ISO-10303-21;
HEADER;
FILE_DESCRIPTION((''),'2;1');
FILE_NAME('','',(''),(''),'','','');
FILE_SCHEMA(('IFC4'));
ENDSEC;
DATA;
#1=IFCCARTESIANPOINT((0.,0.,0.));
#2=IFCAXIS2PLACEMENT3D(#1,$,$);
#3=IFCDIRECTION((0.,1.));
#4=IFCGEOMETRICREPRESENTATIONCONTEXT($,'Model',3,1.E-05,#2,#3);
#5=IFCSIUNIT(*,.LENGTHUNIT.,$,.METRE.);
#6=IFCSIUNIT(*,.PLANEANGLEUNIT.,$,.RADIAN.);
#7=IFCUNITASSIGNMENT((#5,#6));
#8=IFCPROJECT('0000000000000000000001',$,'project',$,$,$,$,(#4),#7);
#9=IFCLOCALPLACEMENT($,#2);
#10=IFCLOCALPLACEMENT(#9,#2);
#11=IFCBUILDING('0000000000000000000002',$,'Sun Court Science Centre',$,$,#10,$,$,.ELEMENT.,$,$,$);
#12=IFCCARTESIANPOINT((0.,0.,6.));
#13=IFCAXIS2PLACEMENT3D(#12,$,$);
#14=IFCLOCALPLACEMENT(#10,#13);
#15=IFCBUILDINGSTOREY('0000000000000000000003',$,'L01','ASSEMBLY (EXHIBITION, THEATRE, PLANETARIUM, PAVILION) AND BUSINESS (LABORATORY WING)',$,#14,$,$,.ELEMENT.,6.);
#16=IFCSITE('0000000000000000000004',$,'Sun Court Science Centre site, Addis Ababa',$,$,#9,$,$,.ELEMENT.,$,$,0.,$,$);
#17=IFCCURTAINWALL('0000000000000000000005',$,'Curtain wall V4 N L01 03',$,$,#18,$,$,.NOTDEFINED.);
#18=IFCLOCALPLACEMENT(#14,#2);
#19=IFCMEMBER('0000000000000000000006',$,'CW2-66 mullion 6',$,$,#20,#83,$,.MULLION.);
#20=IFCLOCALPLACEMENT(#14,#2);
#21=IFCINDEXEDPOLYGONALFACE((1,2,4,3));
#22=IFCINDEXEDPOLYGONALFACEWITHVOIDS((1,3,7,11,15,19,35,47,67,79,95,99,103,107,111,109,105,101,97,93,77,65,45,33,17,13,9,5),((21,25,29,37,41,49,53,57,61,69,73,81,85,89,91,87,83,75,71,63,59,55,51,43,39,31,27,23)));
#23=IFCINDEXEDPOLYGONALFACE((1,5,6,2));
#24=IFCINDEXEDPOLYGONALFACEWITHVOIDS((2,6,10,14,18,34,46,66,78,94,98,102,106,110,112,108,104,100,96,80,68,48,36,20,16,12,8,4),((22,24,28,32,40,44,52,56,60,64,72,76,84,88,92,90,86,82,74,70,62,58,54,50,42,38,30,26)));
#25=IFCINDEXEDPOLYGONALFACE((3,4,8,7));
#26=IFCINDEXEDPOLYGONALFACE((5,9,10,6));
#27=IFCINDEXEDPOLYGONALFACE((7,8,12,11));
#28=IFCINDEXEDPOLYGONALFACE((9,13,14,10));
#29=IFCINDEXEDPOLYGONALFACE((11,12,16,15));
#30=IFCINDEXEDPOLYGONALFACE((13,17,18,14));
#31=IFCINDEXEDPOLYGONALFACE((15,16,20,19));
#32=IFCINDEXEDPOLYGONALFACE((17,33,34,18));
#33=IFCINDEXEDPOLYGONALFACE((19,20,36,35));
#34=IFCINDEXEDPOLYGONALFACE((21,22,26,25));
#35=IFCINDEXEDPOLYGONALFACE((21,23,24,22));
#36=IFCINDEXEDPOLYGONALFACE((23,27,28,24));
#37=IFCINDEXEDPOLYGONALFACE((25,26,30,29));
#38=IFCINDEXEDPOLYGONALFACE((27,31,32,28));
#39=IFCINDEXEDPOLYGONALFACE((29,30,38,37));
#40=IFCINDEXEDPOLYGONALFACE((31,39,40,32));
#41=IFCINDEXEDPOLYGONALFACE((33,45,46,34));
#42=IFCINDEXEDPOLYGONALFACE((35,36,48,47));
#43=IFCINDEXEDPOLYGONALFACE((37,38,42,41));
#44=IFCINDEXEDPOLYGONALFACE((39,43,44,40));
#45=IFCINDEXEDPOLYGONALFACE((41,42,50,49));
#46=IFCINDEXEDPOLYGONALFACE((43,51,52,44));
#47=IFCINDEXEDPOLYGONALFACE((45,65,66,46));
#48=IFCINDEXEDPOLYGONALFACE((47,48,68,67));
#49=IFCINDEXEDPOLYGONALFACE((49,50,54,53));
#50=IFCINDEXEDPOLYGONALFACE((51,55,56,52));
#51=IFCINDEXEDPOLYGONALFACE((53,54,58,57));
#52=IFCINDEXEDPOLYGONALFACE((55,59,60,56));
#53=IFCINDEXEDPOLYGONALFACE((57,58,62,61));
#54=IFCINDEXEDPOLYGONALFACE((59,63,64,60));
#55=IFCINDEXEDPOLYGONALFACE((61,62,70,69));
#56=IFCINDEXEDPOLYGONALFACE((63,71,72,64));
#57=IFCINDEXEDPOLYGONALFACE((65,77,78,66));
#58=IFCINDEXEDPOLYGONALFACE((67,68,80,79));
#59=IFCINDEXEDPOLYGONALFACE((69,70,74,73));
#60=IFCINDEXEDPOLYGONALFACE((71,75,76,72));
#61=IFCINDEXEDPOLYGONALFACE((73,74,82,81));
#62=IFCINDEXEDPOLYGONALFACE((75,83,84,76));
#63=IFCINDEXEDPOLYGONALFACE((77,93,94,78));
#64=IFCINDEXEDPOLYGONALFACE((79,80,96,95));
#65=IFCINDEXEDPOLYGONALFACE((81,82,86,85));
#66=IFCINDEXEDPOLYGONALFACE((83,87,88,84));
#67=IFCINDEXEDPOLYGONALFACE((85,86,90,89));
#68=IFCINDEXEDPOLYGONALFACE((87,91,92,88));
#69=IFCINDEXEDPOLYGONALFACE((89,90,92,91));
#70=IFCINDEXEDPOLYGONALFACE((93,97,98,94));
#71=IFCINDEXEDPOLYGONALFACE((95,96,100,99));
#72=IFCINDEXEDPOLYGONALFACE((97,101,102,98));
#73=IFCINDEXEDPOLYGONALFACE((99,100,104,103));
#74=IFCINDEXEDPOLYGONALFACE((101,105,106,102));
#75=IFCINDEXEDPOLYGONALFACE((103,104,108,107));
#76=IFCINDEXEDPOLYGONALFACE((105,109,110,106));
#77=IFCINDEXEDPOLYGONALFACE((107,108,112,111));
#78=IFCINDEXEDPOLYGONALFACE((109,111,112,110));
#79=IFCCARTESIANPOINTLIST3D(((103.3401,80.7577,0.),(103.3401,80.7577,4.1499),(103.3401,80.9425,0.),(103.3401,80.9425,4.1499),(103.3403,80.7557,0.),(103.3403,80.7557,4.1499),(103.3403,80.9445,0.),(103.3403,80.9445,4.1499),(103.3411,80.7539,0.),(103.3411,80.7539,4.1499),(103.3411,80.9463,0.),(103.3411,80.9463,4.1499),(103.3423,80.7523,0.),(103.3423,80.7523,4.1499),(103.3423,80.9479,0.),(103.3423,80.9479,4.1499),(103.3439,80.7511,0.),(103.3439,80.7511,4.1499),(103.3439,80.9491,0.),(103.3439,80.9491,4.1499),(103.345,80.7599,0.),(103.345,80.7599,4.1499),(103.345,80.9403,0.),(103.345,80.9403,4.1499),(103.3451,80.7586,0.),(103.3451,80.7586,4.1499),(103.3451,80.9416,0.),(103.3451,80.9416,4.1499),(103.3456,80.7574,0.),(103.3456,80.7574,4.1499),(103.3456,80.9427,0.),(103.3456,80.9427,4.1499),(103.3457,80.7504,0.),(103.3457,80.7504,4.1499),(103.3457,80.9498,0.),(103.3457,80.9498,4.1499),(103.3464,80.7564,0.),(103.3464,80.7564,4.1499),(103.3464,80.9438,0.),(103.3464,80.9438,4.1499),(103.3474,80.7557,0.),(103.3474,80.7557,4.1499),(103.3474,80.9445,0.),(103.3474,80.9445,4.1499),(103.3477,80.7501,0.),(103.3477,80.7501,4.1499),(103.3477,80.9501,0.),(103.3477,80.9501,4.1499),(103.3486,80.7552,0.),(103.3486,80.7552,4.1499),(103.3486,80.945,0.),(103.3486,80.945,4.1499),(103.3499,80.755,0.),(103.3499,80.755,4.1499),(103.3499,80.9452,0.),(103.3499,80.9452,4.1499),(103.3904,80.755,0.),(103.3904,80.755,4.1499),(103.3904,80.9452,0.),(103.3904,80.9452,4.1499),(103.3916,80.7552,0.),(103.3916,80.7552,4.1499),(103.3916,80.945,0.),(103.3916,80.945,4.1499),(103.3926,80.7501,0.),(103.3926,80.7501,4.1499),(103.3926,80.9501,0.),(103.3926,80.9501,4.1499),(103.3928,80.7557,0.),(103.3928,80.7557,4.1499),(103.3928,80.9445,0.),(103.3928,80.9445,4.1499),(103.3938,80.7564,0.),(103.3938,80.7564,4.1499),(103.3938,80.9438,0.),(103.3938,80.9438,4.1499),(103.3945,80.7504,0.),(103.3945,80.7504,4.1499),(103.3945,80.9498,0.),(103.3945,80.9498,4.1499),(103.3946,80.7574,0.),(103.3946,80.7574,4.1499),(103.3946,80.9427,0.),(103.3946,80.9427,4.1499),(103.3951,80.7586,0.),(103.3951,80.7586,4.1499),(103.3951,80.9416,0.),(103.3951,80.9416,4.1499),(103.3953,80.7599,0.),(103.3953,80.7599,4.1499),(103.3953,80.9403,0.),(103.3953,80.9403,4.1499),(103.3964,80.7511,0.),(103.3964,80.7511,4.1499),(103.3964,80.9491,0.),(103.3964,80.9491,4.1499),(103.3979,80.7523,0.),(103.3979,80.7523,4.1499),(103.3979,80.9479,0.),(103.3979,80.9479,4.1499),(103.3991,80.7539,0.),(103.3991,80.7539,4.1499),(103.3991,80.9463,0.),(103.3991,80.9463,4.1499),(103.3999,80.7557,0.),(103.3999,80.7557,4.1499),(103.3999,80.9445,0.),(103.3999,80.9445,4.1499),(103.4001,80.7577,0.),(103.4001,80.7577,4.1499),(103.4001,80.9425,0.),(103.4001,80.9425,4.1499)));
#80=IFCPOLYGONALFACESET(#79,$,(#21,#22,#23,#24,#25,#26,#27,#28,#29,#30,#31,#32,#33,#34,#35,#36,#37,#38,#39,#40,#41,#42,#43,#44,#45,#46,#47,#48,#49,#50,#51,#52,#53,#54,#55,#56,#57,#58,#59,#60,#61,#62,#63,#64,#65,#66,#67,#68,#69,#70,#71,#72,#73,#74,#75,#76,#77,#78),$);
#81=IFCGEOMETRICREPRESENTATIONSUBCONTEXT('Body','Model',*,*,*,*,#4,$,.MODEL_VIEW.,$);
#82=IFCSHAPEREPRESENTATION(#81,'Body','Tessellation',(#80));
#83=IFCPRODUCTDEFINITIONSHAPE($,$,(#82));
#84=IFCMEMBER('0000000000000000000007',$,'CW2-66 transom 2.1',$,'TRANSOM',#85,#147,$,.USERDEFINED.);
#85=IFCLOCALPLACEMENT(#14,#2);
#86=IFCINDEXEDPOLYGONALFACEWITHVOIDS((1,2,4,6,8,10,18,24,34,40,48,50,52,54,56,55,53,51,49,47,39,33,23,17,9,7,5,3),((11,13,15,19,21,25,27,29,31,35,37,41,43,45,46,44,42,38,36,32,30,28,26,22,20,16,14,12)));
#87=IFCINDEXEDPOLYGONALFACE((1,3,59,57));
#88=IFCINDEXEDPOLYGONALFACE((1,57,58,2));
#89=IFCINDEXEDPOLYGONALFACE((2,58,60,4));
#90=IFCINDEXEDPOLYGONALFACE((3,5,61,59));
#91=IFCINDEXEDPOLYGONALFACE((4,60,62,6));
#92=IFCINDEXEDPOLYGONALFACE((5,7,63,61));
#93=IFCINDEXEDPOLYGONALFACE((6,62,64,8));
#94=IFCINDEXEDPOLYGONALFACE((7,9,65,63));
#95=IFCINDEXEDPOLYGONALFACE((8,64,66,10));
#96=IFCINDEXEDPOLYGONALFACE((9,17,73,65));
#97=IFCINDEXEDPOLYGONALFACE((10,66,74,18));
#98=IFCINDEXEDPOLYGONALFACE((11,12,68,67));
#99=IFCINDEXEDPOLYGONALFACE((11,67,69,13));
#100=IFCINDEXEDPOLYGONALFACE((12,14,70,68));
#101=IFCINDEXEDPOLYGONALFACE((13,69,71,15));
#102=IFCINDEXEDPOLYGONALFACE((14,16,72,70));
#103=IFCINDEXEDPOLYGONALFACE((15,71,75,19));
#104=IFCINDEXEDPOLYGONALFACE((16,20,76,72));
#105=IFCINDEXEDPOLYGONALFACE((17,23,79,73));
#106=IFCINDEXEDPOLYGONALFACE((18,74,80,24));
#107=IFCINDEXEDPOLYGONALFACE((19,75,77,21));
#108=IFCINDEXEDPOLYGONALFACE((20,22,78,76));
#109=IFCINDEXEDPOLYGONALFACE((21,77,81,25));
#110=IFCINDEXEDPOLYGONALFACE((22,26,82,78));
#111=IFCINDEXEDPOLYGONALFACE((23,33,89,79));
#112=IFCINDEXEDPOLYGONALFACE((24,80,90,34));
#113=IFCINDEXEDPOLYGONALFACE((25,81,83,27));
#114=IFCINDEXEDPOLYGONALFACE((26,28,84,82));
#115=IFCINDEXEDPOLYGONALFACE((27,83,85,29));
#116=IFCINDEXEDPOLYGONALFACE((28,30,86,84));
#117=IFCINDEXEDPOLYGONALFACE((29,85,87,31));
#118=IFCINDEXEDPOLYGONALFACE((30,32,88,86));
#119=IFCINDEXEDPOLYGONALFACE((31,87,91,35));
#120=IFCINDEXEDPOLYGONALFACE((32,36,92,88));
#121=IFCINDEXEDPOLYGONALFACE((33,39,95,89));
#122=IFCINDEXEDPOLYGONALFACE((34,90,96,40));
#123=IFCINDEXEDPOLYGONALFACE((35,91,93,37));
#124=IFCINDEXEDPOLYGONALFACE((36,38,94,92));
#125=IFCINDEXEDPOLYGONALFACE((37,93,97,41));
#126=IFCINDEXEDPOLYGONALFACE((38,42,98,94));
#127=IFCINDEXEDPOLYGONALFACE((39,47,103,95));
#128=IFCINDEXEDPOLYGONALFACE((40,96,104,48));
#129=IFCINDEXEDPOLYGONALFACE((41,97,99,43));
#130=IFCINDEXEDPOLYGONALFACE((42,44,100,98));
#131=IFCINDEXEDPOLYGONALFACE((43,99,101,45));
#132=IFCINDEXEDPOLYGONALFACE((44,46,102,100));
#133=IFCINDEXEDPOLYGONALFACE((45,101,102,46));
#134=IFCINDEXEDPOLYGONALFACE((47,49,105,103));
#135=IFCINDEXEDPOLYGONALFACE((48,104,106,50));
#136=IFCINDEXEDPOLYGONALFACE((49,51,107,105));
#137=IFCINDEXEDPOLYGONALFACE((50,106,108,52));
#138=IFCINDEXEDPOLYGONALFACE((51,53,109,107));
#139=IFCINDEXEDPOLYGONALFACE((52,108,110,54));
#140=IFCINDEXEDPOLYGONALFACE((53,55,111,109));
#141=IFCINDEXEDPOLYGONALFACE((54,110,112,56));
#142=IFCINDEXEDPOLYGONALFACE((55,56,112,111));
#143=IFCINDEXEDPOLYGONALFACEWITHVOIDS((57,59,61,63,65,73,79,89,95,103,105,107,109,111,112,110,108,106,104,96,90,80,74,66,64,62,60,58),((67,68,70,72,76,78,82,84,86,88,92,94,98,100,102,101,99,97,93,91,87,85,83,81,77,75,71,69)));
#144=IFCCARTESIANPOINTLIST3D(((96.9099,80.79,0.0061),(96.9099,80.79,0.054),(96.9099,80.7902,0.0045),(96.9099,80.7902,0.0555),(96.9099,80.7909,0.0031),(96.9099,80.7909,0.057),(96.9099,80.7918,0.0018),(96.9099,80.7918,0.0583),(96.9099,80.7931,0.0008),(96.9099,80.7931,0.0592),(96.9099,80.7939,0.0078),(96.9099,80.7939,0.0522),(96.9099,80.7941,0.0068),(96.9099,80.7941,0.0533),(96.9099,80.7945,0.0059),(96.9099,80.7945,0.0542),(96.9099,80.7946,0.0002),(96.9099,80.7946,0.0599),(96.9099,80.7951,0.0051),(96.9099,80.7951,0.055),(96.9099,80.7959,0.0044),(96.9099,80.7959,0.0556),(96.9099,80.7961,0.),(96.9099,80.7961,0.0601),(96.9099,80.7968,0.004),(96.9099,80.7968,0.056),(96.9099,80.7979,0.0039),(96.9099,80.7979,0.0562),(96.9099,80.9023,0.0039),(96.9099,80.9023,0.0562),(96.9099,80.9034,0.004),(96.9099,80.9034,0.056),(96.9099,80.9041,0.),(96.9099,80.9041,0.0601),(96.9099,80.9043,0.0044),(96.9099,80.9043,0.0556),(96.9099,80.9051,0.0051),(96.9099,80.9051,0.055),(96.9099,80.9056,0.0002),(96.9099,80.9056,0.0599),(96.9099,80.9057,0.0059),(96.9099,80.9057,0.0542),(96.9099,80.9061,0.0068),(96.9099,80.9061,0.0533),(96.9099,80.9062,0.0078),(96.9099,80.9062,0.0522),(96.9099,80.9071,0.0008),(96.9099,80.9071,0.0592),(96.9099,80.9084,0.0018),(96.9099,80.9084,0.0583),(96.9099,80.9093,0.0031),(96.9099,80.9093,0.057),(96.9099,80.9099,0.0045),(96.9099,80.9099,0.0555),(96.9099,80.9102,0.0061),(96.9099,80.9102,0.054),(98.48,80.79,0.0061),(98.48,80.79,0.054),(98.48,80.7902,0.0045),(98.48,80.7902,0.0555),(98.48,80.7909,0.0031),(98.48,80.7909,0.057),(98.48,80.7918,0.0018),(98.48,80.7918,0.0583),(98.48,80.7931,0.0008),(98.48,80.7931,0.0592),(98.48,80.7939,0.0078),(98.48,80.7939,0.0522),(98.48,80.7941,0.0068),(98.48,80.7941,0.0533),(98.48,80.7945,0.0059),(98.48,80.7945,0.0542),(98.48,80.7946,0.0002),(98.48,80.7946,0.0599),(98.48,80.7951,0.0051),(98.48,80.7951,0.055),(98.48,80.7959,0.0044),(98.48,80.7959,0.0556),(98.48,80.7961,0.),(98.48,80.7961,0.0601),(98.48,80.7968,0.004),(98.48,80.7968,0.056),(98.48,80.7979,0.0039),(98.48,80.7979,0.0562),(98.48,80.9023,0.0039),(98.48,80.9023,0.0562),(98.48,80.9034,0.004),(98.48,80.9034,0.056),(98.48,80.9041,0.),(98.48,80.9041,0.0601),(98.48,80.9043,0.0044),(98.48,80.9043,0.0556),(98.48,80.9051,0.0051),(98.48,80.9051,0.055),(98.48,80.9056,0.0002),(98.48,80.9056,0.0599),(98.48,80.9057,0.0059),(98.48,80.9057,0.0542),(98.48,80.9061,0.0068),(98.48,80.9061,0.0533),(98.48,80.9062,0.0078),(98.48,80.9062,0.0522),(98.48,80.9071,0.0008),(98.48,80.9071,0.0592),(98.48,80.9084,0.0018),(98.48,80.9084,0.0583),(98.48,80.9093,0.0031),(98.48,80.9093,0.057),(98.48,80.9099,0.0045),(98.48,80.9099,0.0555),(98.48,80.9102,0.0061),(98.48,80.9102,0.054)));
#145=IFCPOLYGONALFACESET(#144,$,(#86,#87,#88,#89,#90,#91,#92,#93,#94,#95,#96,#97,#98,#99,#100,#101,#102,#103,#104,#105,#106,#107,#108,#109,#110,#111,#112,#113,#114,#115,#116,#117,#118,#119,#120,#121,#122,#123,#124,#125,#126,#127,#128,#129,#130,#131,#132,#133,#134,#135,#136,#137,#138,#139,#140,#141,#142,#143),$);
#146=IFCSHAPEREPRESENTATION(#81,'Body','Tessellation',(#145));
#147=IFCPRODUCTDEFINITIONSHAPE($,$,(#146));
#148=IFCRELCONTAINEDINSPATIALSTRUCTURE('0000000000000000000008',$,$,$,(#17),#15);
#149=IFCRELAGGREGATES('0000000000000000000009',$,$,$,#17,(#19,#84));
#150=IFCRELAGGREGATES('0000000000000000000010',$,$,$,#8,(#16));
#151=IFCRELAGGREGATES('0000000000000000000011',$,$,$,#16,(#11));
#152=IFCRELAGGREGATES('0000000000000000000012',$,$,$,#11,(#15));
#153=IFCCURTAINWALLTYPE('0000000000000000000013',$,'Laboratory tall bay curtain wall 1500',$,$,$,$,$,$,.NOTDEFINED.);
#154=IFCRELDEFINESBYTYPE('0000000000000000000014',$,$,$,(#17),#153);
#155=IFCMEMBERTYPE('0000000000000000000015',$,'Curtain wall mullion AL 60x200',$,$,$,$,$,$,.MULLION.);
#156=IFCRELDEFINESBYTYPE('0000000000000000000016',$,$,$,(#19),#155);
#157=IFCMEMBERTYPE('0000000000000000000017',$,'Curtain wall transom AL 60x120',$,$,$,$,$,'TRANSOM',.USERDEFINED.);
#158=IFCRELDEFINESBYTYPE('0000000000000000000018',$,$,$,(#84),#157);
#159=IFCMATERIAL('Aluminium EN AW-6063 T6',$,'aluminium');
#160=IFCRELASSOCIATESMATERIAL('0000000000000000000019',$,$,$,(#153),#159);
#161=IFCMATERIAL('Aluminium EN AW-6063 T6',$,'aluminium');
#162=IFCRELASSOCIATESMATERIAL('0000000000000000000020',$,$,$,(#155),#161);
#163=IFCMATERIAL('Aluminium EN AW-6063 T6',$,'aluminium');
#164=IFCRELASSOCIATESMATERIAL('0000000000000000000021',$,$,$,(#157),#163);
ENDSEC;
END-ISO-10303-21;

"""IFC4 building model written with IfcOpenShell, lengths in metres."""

from ifc_helpers import new_model, si_unit, direction, frame, origin, origin_2d, place, context, subcontext, project, spatial, hollow_rectangle, extrude, material, material_profile, profile_set, type_object, element, aggregate, save


model = new_model("IFC4")

# Units and contexts
model_context = context("Model", 3, precision=1e-05, world=origin(), true_north=direction((0.0, 1.0)))
body_context = subcontext(model_context, "Body", "Model", "MODEL_VIEW")
ifc_project = project(units=[si_unit("LENGTHUNIT", "METRE"), si_unit("PLANEANGLEUNIT", "RADIAN")], contexts=[model_context])

# Site, building, storey
site_placement = place(None, origin())
site = spatial("IfcSite", under=ifc_project, at=site_placement, Name="Sun Court Science Centre site, Addis Ababa", CompositionType="ELEMENT", RefElevation=0.0)
building_placement = place(site_placement, origin())
building = spatial("IfcBuilding", under=site, at=building_placement, Name="Sun Court Science Centre", CompositionType="ELEMENT")
storey_placement = place(building_placement, frame((0.0, 0.0, 6.0)))
storey = spatial("IfcBuildingStorey", under=building, at=storey_placement, Name="L01", Description="ASSEMBLY (EXHIBITION, THEATRE, PLANETARIUM, PAVILION) AND BUSINESS (LABORATORY WING)", CompositionType="ELEMENT", Elevation=6.0)

# Curtain wall, members
ifc_material_1 = material(Name="Aluminium EN AW-6063 T6", Category="aluminium")
curtain_wall_type = type_object("IfcCurtainWallType", Name="Laboratory tall bay curtain wall 1500", PredefinedType="NOTDEFINED", material=ifc_material_1)
curtain_wall_placement = place(storey_placement, origin())
curtain_wall = element("IfcCurtainWall", 1, at=curtain_wall_placement, inside=storey, type_object=curtain_wall_type, Name="Curtain wall V4 N L01 03", PredefinedType="NOTDEFINED")
ifc_material_2 = material(Name="Aluminium EN AW-6063 T6", Category="aluminium")
ifc_material_profile_1 = material_profile(ifc_material_2, hollow_rectangle(XDim=0.0601, YDim=0.2, WallThickness=0.0049, InnerFilletRadius=0.0049, OuterFilletRadius=0.0076, at=origin_2d()), Name="AL 60x200x5")
ifc_profile_set_1 = profile_set([ifc_material_profile_1], Name="Aluminium EN AW-6063 T6")
member_type_1 = type_object("IfcMemberType", Name="Curtain wall mullion AL 60x200", PredefinedType="MULLION", material=ifc_profile_set_1)
member_1_placement = place(storey_placement, frame((103.3701, 80.8501, 0.0), z_axis=(0.0, 0.0, 1.0), x_axis=(1.0, 0.0, 0.0)))
member_1 = element("IfcMember", 2, at=member_1_placement, type_object=member_type_1, Name="CW2-66 mullion 6", PredefinedType="MULLION", context=body_context, shape_type="SweptSolid", body=[
    extrude(hollow_rectangle(XDim=0.0601, YDim=0.2, WallThickness=0.0049, InnerFilletRadius=0.0049, OuterFilletRadius=0.0076, at=origin_2d()), origin(), (0.0, 0.0, 1.0), 4.1499),
])
ifc_material_3 = material(Name="Aluminium EN AW-6063 T6", Category="aluminium")
ifc_material_profile_2 = material_profile(ifc_material_3, hollow_rectangle(XDim=0.0601, YDim=0.1201, WallThickness=0.0039, InnerFilletRadius=0.0039, OuterFilletRadius=0.0061, at=origin_2d()), Name="AL 60x120x4")
ifc_profile_set_2 = profile_set([ifc_material_profile_2], Name="Aluminium EN AW-6063 T6")
member_type_2 = type_object("IfcMemberType", Name="Curtain wall transom AL 60x120", ElementType="TRANSOM", PredefinedType="USERDEFINED", material=ifc_profile_set_2)
member_2_placement = place(storey_placement, frame((96.9099, 80.8501, 0.03), z_axis=(1.0, 0.0, 0.0), x_axis=(0.0, 0.0, 1.0)))
member_2 = element("IfcMember", 3, at=member_2_placement, type_object=member_type_2, Name="CW2-66 transom 2.1", ObjectType="TRANSOM", PredefinedType="USERDEFINED", context=body_context, shape_type="SweptSolid", body=[
    extrude(hollow_rectangle(XDim=0.0601, YDim=0.1201, WallThickness=0.0039, InnerFilletRadius=0.0039, OuterFilletRadius=0.0061, at=origin_2d()), origin(), (0.0, 0.0, 1.0), 1.5701),
])
aggregate(curtain_wall, [member_1, member_2])

save(model, "model.ifc")
